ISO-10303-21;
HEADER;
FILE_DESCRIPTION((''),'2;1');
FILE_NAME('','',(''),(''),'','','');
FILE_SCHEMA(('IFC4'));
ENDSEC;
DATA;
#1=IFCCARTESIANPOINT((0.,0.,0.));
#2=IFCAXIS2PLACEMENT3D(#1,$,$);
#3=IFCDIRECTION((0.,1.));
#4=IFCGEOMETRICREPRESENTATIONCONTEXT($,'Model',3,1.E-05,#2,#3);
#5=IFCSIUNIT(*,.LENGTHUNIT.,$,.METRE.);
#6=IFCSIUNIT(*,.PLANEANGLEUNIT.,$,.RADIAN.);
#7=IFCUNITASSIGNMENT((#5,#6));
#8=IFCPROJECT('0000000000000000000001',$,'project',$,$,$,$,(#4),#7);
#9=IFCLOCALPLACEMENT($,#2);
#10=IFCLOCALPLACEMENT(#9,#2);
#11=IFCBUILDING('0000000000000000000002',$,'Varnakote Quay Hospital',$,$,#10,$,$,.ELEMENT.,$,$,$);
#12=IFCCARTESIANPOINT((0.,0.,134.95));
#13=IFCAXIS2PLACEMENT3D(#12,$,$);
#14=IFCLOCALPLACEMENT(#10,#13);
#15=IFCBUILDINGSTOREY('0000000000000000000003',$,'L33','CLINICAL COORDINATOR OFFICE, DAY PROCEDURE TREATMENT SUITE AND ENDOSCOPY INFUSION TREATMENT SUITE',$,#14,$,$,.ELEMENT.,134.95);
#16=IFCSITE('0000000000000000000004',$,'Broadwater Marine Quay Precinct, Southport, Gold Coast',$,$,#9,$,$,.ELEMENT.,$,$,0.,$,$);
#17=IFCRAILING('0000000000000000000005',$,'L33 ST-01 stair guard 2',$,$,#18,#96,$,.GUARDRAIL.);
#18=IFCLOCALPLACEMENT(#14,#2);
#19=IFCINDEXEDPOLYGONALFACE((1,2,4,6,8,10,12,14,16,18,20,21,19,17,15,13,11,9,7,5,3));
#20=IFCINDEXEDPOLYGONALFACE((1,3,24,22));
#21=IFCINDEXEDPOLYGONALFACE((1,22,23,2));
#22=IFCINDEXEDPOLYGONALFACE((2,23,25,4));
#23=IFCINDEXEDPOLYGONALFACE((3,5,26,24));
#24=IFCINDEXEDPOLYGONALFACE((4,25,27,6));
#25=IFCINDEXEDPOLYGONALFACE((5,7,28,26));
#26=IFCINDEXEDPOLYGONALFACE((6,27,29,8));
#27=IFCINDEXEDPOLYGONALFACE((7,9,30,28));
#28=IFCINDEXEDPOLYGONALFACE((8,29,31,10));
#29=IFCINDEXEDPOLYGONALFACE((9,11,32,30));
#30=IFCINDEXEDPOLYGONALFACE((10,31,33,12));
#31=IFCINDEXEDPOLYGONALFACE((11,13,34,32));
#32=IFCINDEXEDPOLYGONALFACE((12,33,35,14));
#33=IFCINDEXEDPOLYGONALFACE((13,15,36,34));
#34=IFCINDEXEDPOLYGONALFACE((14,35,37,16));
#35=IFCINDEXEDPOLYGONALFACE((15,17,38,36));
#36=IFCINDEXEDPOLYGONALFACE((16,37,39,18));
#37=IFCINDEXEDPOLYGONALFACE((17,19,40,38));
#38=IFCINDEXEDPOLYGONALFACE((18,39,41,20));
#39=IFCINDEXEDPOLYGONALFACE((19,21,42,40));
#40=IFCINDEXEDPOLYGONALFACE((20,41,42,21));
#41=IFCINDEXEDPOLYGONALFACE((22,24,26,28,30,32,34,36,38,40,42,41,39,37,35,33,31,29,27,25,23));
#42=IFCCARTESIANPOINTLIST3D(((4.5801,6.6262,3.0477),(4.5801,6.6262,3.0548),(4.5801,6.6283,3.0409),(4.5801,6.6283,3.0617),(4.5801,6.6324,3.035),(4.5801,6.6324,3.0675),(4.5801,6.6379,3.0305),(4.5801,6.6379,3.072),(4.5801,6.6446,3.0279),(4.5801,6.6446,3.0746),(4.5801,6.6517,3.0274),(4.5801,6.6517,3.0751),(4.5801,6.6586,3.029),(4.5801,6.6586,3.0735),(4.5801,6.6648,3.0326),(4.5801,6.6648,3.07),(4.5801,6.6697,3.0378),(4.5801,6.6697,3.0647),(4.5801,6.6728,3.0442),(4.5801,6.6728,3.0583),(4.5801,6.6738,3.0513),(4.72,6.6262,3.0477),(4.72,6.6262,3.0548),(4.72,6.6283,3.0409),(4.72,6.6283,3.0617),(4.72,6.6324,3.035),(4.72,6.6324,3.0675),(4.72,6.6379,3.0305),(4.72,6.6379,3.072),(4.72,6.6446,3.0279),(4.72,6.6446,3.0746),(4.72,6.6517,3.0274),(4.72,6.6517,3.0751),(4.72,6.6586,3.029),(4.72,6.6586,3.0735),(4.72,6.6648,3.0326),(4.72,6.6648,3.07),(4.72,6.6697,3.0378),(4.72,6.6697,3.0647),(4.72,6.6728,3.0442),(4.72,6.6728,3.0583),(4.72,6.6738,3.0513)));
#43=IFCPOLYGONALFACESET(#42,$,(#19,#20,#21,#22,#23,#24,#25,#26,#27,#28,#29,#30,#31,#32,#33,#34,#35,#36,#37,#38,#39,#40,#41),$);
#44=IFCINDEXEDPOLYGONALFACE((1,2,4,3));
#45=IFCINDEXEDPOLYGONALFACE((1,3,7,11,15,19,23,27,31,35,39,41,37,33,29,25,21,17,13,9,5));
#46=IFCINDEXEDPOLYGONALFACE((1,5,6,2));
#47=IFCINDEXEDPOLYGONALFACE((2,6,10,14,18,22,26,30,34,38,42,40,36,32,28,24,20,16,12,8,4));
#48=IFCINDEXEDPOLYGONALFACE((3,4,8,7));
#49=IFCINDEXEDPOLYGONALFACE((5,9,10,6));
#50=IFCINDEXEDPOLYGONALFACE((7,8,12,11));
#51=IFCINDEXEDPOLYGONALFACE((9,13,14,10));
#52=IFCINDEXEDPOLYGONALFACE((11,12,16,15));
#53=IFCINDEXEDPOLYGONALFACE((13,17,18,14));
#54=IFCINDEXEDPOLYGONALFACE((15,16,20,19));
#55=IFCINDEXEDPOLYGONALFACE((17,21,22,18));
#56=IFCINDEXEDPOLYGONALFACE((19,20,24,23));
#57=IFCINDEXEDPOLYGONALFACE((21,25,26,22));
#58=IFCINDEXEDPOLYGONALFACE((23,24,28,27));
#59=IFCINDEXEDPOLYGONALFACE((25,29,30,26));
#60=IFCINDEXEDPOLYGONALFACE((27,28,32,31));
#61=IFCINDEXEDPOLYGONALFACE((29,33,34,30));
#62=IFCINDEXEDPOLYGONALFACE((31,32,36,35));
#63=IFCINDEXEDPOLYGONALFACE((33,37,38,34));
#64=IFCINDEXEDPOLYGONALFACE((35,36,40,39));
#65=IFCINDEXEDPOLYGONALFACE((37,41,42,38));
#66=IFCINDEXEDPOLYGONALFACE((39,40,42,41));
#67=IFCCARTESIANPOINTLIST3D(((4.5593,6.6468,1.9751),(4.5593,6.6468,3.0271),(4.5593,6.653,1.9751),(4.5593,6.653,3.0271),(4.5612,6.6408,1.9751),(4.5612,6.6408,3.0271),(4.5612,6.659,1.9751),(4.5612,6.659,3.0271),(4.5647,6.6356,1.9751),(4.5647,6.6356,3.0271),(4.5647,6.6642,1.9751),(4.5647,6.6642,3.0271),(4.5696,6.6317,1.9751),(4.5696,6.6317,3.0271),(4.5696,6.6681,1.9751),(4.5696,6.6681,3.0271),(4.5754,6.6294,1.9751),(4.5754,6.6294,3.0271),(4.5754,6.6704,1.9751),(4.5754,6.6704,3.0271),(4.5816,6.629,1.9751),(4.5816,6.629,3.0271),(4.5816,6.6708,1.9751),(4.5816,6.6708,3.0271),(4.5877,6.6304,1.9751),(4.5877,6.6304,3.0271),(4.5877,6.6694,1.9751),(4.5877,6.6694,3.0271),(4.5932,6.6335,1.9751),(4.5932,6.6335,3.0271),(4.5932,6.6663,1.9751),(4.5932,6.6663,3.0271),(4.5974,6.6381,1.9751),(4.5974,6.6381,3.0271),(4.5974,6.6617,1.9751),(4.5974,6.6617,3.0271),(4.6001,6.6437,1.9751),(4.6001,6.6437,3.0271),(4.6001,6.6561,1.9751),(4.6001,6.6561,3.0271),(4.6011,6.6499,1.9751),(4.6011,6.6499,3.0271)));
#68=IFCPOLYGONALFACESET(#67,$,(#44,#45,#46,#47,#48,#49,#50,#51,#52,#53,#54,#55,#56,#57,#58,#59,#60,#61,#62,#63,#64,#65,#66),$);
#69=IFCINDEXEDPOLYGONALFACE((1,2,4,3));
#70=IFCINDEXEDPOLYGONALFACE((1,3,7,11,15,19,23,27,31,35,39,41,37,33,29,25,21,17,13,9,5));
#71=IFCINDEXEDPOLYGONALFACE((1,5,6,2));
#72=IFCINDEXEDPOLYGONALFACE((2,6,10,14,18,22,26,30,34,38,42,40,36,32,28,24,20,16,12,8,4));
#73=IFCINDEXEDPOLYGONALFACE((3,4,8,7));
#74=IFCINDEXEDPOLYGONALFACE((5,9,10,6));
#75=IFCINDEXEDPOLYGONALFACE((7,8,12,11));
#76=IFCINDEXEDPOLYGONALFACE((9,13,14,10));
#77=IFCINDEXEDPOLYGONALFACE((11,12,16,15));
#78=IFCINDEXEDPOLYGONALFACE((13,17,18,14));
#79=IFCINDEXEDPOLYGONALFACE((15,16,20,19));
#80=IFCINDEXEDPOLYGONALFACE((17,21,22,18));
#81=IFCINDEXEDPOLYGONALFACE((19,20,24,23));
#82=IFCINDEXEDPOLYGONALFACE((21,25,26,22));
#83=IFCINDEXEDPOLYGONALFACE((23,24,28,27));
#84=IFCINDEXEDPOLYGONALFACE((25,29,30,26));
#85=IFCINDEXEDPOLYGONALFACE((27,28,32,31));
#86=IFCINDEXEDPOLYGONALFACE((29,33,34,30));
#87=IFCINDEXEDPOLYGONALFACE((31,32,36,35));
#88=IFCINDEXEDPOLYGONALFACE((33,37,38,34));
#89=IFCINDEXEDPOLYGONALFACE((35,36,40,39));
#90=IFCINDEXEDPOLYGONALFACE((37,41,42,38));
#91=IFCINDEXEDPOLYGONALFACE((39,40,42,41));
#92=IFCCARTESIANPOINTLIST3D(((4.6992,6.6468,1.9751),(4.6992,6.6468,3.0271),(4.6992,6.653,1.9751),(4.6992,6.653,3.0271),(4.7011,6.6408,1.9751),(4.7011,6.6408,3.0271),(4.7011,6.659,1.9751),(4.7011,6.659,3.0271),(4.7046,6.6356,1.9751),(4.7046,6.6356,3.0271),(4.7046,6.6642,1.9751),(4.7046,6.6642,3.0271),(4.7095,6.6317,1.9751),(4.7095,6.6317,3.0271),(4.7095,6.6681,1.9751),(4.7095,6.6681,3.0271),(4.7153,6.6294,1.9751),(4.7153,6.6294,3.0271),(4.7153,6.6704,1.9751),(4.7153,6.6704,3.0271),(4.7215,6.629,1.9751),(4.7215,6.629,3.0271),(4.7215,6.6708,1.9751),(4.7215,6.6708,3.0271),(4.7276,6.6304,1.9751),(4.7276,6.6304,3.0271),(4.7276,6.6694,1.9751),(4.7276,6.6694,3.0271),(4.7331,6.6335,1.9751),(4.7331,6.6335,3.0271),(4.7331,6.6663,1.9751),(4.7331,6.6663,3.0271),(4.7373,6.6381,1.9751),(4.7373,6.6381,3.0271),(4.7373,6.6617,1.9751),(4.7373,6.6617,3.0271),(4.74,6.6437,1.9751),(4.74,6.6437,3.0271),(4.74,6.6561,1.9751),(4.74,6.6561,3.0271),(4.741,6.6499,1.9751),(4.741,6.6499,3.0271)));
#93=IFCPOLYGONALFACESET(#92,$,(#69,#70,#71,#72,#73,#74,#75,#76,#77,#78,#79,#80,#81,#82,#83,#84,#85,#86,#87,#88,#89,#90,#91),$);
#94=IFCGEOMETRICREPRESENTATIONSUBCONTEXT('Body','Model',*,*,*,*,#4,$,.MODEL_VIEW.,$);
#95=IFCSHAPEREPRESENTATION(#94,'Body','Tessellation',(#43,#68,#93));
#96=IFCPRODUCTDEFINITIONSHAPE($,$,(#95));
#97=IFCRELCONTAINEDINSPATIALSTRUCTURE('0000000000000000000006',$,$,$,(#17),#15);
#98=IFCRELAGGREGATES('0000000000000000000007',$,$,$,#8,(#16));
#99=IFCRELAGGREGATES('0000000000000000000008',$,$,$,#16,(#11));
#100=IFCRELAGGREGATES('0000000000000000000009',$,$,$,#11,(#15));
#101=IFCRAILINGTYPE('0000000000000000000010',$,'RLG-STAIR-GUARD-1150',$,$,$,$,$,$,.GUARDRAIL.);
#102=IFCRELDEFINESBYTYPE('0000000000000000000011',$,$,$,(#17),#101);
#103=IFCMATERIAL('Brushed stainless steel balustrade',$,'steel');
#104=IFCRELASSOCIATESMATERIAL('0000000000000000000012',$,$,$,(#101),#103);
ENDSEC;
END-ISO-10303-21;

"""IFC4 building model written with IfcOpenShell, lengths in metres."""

from ifc_helpers import new_model, si_unit, direction, frame, origin, origin_2d, place, context, subcontext, project, spatial, circle, extrude, material, type_object, element, save


model = new_model("IFC4")

# Units and contexts
model_context = context("Model", 3, precision=1e-05, world=origin(), true_north=direction((0.0, 1.0)))
body_context = subcontext(model_context, "Body", "Model", "MODEL_VIEW")
ifc_project = project(units=[si_unit("LENGTHUNIT", "METRE"), si_unit("PLANEANGLEUNIT", "RADIAN")], contexts=[model_context])

# Site, building, storey
site_placement = place(None, origin())
site = spatial("IfcSite", under=ifc_project, at=site_placement, Name="Broadwater Marine Quay Precinct, Southport, Gold Coast", CompositionType="ELEMENT", RefElevation=0.0)
building_placement = place(site_placement, origin())
building = spatial("IfcBuilding", under=site, at=building_placement, Name="Varnakote Quay Hospital", CompositionType="ELEMENT")
storey_placement = place(building_placement, frame((0.0, 0.0, 134.95)))
storey = spatial("IfcBuildingStorey", under=building, at=storey_placement, Name="L33", Description="CLINICAL COORDINATOR OFFICE, DAY PROCEDURE TREATMENT SUITE AND ENDOSCOPY INFUSION TREATMENT SUITE", CompositionType="ELEMENT", Elevation=134.95)

# Railing
ifc_material_1 = material(Name="Brushed stainless steel balustrade", Category="steel")
railing_type_1 = type_object("IfcRailingType", Name="RLG-STAIR-GUARD-1150", PredefinedType="GUARDRAIL", material=ifc_material_1)
railing_1_placement = place(storey_placement, frame((4.5801, 6.6499, 1.9751)))
element("IfcRailing", 1, at=railing_1_placement, inside=storey, type_object=railing_type_1, Name="L33 ST-01 stair guard 2", PredefinedType="GUARDRAIL", context=body_context, shape_type="SweptSolid", body=[
    extrude(circle(Radius=0.0239, at=origin_2d()), frame((0.0, 0.0, 1.0762), z_axis=(1.0, 0.0, 0.0), x_axis=(0.0, 1.0, 0.0)), (0.0, 0.0, 1.0), 0.1399),
    extrude(circle(Radius=0.021, at=origin_2d()), origin(), (0.0, 0.0, 1.0), 1.052),
    extrude(circle(Radius=0.021, at=origin_2d()), frame((0.1399, 0.0, 0.0)), (0.0, 0.0, 1.0), 1.052),
])

save(model, "model.ifc")
